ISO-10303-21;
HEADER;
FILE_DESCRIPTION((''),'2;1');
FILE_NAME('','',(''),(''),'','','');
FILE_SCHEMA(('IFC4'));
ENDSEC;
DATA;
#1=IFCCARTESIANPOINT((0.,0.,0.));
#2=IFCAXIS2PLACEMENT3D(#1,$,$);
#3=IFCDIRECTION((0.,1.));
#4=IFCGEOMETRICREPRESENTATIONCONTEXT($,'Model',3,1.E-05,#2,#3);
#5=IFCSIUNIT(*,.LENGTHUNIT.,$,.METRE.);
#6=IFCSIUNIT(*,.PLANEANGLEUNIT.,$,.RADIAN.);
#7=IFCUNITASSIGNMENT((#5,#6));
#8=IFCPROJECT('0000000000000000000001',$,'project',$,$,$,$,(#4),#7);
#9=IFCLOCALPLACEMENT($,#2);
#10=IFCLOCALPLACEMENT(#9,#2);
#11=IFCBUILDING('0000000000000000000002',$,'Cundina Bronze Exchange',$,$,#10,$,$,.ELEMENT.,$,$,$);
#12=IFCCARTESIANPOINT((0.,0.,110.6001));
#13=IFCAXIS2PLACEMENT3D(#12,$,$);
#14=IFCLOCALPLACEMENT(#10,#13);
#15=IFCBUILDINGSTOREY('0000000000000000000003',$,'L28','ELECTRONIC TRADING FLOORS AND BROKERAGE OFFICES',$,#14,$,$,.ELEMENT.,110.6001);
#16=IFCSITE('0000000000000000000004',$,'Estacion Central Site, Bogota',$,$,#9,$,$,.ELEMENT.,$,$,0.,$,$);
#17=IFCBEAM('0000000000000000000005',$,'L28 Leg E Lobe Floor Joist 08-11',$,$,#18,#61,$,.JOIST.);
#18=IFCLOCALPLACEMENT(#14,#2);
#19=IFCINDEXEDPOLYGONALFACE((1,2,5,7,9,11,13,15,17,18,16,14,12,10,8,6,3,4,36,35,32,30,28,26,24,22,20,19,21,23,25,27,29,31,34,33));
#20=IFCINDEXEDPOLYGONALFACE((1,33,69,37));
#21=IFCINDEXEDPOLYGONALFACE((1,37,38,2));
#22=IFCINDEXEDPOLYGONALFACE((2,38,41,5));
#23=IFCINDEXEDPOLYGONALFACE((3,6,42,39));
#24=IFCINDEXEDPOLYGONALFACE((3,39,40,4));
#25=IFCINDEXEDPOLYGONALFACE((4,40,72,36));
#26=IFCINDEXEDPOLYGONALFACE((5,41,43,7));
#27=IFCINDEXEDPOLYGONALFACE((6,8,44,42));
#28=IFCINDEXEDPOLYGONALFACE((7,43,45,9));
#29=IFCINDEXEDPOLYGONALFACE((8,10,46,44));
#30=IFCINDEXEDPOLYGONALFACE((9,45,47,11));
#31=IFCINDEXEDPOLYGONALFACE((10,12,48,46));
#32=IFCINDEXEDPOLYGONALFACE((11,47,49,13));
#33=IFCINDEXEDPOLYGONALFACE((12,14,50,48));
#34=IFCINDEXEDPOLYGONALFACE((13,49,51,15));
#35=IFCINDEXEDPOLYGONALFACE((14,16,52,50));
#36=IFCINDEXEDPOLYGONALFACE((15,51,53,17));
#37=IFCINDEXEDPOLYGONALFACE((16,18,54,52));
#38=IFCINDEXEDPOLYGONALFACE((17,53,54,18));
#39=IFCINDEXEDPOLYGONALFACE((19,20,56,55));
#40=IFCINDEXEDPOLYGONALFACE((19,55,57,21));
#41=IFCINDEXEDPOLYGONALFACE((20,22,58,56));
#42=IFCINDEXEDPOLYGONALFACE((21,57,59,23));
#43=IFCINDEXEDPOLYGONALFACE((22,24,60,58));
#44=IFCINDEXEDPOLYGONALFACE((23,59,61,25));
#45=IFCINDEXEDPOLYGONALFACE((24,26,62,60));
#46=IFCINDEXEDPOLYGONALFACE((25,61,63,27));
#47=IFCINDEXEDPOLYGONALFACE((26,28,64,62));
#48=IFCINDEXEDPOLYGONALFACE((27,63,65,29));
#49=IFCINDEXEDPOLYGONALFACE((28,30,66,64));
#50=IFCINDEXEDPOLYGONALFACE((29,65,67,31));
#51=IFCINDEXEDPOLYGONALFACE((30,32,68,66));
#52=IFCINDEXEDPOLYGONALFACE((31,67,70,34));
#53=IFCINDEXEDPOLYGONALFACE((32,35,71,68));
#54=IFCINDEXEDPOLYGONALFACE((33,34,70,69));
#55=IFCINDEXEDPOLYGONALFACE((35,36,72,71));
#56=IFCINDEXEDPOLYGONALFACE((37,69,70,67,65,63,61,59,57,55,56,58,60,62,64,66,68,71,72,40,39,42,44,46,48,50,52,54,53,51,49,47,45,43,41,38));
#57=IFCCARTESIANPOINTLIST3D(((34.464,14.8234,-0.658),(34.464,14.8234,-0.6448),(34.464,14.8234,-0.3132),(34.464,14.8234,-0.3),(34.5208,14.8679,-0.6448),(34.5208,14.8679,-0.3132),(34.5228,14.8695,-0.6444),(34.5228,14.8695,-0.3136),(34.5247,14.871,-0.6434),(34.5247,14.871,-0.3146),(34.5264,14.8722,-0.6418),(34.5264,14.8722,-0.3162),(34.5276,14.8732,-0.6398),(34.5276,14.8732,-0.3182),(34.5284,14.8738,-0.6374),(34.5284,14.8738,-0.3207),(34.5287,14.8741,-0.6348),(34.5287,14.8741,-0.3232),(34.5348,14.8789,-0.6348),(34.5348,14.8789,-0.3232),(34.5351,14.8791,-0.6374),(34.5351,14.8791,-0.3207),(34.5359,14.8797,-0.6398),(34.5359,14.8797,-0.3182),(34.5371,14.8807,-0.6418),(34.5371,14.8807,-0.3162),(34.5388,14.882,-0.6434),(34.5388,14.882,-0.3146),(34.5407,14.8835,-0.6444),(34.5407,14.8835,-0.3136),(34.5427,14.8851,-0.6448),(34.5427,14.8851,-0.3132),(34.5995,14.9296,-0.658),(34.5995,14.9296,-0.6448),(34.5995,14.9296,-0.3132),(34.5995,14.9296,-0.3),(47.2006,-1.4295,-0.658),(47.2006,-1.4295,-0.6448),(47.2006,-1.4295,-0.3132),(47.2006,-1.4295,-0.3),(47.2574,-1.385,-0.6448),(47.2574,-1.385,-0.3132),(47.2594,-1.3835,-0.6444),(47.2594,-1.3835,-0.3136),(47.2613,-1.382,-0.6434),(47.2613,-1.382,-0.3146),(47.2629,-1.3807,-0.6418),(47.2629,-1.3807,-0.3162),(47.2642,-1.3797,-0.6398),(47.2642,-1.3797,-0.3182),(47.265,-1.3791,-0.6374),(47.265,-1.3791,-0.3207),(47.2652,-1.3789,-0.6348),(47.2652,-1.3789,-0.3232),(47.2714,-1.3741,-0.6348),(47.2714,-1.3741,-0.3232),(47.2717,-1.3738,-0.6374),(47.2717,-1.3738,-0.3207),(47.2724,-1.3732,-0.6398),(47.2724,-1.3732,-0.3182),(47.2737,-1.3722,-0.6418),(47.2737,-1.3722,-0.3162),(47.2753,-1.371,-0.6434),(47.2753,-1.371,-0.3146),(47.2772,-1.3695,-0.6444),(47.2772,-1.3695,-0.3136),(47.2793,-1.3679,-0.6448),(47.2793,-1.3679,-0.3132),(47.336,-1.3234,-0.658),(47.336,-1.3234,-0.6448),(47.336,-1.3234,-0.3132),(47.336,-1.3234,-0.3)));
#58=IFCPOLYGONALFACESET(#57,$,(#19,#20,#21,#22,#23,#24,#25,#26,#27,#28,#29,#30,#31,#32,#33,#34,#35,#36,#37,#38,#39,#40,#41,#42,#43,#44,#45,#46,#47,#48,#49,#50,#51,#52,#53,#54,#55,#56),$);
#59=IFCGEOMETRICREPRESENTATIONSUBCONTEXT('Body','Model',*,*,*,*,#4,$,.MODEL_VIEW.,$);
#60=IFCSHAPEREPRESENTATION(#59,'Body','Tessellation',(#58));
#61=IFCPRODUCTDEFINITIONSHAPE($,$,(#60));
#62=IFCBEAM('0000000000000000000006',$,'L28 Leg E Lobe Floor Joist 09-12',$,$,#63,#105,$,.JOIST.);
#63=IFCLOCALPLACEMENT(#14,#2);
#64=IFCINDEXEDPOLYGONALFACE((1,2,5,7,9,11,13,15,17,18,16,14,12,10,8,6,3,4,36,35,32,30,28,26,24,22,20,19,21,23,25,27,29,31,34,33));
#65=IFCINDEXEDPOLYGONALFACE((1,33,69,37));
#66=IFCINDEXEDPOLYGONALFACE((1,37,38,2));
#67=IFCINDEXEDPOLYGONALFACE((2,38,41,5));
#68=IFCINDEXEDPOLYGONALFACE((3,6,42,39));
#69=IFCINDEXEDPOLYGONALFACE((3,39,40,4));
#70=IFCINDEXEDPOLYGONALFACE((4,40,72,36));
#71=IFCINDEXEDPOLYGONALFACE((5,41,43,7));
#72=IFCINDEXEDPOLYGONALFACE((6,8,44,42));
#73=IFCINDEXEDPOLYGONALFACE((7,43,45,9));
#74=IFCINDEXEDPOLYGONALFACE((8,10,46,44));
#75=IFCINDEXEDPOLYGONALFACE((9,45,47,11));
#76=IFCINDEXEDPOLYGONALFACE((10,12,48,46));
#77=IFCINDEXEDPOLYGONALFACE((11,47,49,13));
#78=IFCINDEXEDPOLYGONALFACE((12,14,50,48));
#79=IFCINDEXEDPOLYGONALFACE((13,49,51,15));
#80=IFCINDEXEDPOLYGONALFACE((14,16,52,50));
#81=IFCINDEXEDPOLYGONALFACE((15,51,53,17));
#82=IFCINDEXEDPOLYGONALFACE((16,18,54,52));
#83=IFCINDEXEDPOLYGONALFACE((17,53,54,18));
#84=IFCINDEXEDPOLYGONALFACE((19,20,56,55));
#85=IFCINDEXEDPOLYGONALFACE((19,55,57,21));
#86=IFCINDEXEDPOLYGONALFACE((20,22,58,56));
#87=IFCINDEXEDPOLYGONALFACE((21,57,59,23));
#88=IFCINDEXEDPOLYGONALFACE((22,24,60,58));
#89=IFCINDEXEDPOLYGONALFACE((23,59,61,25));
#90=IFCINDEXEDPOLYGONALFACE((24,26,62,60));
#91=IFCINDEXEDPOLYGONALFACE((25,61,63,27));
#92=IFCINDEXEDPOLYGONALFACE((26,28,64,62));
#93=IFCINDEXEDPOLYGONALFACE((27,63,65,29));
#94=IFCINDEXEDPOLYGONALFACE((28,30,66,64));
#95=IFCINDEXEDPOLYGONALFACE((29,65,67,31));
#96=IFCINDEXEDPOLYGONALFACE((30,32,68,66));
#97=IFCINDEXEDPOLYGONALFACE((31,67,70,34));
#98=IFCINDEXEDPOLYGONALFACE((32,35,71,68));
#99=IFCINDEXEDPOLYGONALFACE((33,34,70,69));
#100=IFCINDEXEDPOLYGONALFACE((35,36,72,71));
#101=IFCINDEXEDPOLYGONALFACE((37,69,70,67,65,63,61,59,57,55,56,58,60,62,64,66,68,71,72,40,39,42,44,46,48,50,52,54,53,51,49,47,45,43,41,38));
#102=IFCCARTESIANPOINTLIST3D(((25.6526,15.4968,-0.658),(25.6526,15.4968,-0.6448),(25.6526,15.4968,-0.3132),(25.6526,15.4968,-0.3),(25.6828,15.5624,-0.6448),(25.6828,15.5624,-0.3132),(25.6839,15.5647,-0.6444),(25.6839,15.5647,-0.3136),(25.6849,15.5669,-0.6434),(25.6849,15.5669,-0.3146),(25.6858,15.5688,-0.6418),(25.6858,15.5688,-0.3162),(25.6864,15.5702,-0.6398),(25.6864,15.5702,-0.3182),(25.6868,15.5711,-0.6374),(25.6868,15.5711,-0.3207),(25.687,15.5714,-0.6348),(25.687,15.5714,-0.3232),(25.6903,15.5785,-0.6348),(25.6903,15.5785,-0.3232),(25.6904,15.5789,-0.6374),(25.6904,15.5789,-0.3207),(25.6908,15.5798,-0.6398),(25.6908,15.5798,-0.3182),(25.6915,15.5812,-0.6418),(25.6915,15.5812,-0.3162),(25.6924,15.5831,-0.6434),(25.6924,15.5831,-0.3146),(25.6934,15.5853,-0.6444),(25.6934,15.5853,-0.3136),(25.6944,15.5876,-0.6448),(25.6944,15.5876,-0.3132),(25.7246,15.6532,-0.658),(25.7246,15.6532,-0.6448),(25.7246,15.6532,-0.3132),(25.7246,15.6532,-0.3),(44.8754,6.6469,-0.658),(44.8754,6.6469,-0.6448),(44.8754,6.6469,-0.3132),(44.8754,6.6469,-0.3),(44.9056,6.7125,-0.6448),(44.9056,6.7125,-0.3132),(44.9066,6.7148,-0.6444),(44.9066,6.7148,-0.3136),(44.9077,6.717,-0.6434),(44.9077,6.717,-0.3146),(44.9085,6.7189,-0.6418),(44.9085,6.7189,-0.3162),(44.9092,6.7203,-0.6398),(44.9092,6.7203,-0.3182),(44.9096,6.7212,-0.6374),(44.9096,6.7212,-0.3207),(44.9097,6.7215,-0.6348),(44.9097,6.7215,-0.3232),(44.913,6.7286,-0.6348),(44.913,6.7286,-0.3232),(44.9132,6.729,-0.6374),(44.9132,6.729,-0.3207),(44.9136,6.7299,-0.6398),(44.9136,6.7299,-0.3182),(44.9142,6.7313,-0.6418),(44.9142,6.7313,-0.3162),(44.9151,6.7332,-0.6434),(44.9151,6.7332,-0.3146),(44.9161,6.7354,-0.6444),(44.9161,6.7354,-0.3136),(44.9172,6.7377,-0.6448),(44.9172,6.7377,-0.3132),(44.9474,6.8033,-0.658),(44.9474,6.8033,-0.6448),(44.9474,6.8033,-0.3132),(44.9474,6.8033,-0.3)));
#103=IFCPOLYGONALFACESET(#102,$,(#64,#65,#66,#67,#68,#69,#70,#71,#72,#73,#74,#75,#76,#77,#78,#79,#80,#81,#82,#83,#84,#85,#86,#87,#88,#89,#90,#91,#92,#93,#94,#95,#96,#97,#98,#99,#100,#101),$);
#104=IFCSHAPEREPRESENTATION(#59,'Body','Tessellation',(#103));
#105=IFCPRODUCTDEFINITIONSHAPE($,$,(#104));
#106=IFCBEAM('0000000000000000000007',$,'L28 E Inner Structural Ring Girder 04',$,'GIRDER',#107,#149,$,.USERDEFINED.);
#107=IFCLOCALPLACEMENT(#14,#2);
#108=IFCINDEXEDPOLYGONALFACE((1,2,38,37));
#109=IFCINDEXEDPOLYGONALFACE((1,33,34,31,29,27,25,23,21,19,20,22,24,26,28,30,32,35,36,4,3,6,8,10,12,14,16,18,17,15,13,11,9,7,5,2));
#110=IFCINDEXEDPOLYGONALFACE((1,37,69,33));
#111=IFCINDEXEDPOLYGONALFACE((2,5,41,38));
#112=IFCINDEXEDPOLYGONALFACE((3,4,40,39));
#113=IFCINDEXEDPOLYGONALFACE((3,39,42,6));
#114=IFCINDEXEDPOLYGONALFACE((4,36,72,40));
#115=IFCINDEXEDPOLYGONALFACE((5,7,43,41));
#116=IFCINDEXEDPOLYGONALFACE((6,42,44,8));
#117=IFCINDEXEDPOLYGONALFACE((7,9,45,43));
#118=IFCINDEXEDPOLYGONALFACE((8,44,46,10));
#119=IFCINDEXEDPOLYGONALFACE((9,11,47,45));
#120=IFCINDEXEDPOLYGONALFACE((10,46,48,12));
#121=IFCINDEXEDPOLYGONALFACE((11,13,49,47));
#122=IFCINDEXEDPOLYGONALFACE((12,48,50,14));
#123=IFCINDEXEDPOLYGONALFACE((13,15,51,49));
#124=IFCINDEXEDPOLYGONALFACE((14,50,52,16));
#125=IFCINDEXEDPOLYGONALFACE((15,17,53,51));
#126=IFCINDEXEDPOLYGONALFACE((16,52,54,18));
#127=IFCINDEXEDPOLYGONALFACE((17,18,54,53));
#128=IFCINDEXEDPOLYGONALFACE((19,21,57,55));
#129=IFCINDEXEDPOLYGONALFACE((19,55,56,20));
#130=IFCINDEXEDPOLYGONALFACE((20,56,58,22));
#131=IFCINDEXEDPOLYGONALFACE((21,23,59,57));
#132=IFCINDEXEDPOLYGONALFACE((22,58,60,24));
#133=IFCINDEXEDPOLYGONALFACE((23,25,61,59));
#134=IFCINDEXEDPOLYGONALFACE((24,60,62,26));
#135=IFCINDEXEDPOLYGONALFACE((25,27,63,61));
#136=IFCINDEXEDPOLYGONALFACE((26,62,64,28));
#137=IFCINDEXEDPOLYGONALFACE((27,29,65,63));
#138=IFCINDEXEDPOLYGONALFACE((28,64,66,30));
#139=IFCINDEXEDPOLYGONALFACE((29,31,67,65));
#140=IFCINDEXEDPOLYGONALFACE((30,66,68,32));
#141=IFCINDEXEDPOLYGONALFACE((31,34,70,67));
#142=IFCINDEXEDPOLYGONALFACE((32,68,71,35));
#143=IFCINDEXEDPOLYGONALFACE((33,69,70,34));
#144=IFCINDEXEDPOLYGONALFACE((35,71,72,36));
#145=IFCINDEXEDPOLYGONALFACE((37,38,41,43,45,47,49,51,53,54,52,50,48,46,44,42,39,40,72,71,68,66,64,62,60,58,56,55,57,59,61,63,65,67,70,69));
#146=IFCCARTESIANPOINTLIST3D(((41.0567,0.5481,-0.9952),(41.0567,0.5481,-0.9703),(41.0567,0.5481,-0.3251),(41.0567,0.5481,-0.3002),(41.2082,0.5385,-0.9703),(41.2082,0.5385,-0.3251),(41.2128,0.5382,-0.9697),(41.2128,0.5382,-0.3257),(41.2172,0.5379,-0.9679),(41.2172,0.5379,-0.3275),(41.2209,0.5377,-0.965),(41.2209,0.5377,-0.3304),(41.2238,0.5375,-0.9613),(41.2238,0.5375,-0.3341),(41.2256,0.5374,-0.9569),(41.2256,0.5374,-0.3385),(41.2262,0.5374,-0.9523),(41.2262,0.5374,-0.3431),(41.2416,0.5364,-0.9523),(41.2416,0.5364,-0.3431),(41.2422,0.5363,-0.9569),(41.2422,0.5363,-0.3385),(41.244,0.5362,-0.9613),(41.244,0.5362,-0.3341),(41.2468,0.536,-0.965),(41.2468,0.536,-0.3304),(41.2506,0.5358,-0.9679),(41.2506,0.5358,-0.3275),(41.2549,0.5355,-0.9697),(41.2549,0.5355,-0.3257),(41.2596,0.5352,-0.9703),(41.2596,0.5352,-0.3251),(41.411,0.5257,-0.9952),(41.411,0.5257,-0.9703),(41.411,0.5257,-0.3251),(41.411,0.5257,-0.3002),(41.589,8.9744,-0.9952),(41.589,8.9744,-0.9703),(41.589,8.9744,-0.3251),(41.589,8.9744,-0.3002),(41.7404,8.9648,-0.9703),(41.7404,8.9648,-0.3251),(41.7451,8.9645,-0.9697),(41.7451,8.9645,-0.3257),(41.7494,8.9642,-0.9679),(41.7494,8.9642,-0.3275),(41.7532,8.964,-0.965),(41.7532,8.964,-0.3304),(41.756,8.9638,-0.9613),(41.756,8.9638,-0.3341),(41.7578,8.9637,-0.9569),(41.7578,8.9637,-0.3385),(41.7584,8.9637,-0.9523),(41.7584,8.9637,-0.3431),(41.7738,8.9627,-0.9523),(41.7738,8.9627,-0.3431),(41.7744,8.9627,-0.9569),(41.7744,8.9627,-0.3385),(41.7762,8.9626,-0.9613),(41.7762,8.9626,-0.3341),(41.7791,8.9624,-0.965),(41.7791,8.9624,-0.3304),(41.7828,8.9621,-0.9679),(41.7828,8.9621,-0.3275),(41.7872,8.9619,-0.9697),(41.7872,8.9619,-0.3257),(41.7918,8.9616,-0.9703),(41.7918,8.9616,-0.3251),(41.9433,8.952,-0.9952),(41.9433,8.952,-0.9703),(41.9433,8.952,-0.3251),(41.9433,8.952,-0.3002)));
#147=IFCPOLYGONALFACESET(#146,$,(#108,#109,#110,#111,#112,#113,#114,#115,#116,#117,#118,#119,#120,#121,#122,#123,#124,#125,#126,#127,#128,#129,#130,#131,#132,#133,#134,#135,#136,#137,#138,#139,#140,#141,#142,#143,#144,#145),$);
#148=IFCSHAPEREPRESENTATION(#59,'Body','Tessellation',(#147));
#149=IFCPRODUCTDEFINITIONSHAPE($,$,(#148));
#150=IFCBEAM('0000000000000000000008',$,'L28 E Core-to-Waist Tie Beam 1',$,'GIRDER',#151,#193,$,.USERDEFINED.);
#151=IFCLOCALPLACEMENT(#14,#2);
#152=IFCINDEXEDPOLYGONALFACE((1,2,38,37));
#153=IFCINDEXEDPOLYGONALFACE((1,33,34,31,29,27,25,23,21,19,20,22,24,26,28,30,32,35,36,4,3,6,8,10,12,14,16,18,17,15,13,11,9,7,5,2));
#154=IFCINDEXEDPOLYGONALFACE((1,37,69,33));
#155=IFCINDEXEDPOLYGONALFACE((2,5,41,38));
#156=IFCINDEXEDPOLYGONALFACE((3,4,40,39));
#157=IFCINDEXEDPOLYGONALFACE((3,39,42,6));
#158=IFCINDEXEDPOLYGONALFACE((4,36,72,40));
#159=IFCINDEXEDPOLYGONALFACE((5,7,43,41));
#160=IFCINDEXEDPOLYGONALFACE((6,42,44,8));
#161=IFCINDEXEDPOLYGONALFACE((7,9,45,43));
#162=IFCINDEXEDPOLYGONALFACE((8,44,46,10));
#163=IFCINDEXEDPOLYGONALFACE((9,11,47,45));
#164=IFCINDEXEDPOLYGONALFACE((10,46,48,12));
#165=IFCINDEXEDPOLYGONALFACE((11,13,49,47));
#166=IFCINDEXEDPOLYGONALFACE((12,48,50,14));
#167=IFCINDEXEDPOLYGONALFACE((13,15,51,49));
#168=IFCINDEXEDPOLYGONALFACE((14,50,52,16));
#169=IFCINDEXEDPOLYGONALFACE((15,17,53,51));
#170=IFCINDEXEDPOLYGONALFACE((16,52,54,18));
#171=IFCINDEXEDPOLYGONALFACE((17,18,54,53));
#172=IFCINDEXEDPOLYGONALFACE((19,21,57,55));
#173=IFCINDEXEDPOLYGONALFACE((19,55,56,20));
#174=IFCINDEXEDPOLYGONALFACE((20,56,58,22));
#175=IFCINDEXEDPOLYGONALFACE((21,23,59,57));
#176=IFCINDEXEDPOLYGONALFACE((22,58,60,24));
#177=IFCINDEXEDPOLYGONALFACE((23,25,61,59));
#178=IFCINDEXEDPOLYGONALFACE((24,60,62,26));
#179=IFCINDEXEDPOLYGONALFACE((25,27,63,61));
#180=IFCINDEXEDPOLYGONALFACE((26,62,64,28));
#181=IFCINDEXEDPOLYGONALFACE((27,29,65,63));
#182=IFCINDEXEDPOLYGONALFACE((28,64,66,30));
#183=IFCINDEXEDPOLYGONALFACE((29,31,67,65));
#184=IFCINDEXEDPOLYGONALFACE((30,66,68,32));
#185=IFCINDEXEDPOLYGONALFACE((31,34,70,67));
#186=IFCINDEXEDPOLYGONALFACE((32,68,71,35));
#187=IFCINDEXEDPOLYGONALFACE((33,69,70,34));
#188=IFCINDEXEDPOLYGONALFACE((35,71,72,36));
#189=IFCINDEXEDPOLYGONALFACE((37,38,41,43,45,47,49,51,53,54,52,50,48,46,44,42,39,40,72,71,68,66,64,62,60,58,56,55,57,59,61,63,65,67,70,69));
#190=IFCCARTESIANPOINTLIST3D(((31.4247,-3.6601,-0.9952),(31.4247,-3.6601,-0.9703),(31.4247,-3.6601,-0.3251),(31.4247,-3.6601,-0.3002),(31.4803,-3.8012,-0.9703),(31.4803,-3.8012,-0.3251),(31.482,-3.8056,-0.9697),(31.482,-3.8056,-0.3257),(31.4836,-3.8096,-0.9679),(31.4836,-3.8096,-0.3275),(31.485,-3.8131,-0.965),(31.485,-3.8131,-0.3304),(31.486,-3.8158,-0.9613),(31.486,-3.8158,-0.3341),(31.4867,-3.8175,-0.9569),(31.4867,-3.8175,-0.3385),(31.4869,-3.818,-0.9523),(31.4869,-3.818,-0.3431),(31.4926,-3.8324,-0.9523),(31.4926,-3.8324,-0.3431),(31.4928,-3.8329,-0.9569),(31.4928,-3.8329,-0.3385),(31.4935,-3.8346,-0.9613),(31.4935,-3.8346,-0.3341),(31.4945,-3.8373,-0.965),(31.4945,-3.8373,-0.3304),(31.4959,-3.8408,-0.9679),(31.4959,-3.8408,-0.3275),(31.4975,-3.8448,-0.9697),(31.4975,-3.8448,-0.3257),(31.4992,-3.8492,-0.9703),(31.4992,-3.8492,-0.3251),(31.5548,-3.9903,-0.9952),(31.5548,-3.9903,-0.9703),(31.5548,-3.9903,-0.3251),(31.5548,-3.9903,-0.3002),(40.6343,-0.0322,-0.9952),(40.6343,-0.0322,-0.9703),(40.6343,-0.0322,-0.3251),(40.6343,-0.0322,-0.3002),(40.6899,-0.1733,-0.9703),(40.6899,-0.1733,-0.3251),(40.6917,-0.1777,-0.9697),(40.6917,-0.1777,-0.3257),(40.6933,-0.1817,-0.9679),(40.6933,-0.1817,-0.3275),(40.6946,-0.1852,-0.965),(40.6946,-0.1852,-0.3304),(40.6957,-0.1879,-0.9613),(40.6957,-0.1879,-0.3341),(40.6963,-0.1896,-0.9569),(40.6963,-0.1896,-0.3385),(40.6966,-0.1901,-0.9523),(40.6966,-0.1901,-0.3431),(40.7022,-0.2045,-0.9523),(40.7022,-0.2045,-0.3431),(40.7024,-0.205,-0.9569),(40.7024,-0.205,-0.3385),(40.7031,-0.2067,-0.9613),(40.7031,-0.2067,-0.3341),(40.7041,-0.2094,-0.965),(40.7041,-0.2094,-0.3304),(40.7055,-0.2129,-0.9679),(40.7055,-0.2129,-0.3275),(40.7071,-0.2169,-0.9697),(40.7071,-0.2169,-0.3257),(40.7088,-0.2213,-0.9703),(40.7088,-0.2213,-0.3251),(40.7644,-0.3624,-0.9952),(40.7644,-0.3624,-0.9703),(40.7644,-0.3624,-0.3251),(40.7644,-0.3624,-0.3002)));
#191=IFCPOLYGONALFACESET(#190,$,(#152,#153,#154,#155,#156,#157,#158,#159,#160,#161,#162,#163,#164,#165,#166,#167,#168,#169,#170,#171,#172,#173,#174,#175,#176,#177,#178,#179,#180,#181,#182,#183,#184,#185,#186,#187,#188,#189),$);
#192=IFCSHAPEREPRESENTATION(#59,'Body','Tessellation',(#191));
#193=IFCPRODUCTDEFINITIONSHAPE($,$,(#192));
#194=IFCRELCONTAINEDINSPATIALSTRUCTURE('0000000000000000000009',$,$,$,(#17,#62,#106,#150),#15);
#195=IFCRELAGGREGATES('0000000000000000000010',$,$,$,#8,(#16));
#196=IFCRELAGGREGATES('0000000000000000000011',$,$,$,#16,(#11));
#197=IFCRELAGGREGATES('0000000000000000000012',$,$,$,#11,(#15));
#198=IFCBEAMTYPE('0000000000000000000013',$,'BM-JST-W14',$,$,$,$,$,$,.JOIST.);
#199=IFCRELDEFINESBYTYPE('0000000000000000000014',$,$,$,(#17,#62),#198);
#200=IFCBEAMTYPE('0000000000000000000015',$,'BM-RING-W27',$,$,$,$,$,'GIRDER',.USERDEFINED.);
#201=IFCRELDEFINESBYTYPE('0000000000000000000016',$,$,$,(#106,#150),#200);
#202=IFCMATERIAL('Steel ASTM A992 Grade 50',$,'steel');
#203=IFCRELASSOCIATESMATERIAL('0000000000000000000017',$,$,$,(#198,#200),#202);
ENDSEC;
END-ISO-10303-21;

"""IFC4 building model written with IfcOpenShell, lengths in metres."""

from ifc_helpers import new_model, si_unit, direction, frame, origin, origin_2d, place, context, subcontext, project, spatial, i_section, extrude, material, material_profile, profile_set, type_object, element, save


model = new_model("IFC4")

# Units and contexts
model_context = context("Model", 3, precision=1e-05, world=origin(), true_north=direction((0.0, 1.0)))
body_context = subcontext(model_context, "Body", "Model", "MODEL_VIEW")
ifc_project = project(units=[si_unit("LENGTHUNIT", "METRE"), si_unit("PLANEANGLEUNIT", "RADIAN")], contexts=[model_context])

# Site, building, storey
site_placement = place(None, origin())
site = spatial("IfcSite", under=ifc_project, at=site_placement, Name="Estacion Central Site, Bogota", CompositionType="ELEMENT", RefElevation=0.0)
building_placement = place(site_placement, origin())
building = spatial("IfcBuilding", under=site, at=building_placement, Name="Cundina Bronze Exchange", CompositionType="ELEMENT")
storey_placement = place(building_placement, frame((0.0, 0.0, 110.6001)))
storey = spatial("IfcBuildingStorey", under=building, at=storey_placement, Name="L28", Description="ELECTRONIC TRADING FLOORS AND BROKERAGE OFFICES", CompositionType="ELEMENT", Elevation=110.6001)

# Shared definitions
ifc_material_1 = material(Name="Steel ASTM A992 Grade 50", Category="steel")

# Beams
ifc_material_profile_1 = material_profile(ifc_material_1, i_section(OverallWidth=0.1721, OverallDepth=0.3579, WebThickness=0.0078, FlangeThickness=0.0132, FilletRadius=0.01, at=origin_2d()), Name="W14X38", Category="steel")
ifc_profile_set_1 = profile_set([ifc_material_profile_1], Name="Steel ASTM A992 Grade 50")
beam_type_1 = type_object("IfcBeamType", Name="BM-JST-W14", PredefinedType="JOIST", material=ifc_profile_set_1)
beam_1_placement = place(storey_placement, frame((47.2683, -1.3765, -0.479), z_axis=(-0.616815, 0.787108, 0.0), x_axis=(-0.787108, -0.616815, 0.0)))
element("IfcBeam", 1, at=beam_1_placement, inside=storey, type_object=beam_type_1, Name="L28 Leg E Lobe Floor Joist 08-11", PredefinedType="JOIST", context=body_context, shape_type="SweptSolid", body=[
    extrude(i_section(OverallWidth=0.1721, OverallDepth=0.3579, WebThickness=0.0078, FlangeThickness=0.0132, FilletRadius=0.01, at=origin_2d()), origin(), (0.0, 0.0, 1.0), 20.6489),
])
beam_2_placement = place(storey_placement, frame((44.9114, 6.7251, -0.479), z_axis=(-0.908357, 0.418195, 0.0), x_axis=(-0.418195, -0.908357, 0.0)))
element("IfcBeam", 2, at=beam_2_placement, inside=storey, type_object=beam_type_1, Name="L28 Leg E Lobe Floor Joist 09-12", PredefinedType="JOIST", context=body_context, shape_type="SweptSolid", body=[
    extrude(i_section(OverallWidth=0.1721, OverallDepth=0.3579, WebThickness=0.0078, FlangeThickness=0.0132, FilletRadius=0.01, at=origin_2d()), origin(), (0.0, 0.0, 1.0), 21.1621),
])
ifc_material_profile_2 = material_profile(ifc_material_1, i_section(OverallWidth=0.355, OverallDepth=0.6951, WebThickness=0.0154, FlangeThickness=0.0249, FilletRadius=0.0181, at=origin_2d()), Name="W27X146", Category="steel")
ifc_profile_set_2 = profile_set([ifc_material_profile_2], Name="Steel ASTM A992 Grade 50")
beam_type_2 = type_object("IfcBeamType", Name="BM-RING-W27", ElementType="GIRDER", PredefinedType="USERDEFINED", material=ifc_profile_set_2)
beam_3_placement = place(storey_placement, frame((41.2339, 0.5369, -0.6477), z_axis=(0.063037, 0.998011, 0.0), x_axis=(-0.998011, 0.063037, 0.0)))
element("IfcBeam", 3, at=beam_3_placement, inside=storey, type_object=beam_type_2, Name="L28 E Inner Structural Ring Girder 04", ObjectType="GIRDER", PredefinedType="USERDEFINED", context=body_context, shape_type="SweptSolid", body=[
    extrude(i_section(OverallWidth=0.355, OverallDepth=0.6951, WebThickness=0.0154, FlangeThickness=0.0249, FilletRadius=0.0181, at=origin_2d()), origin(), (0.0, 0.0, 1.0), 8.4431),
])
beam_4_placement = place(storey_placement, frame((31.4897, -3.8252, -0.6477), z_axis=(0.930413, 0.366512, 0.0), x_axis=(-0.366512, 0.930413, 0.0)))
element("IfcBeam", 4, at=beam_4_placement, inside=storey, type_object=beam_type_2, Name="L28 E Core-to-Waist Tie Beam 1", ObjectType="GIRDER", PredefinedType="USERDEFINED", context=body_context, shape_type="SweptSolid", body=[
    extrude(i_section(OverallWidth=0.355, OverallDepth=0.6951, WebThickness=0.0154, FlangeThickness=0.0249, FilletRadius=0.0181, at=origin_2d()), origin(), (0.0, 0.0, 1.0), 9.8984),
])

save(model, "model.ifc")
